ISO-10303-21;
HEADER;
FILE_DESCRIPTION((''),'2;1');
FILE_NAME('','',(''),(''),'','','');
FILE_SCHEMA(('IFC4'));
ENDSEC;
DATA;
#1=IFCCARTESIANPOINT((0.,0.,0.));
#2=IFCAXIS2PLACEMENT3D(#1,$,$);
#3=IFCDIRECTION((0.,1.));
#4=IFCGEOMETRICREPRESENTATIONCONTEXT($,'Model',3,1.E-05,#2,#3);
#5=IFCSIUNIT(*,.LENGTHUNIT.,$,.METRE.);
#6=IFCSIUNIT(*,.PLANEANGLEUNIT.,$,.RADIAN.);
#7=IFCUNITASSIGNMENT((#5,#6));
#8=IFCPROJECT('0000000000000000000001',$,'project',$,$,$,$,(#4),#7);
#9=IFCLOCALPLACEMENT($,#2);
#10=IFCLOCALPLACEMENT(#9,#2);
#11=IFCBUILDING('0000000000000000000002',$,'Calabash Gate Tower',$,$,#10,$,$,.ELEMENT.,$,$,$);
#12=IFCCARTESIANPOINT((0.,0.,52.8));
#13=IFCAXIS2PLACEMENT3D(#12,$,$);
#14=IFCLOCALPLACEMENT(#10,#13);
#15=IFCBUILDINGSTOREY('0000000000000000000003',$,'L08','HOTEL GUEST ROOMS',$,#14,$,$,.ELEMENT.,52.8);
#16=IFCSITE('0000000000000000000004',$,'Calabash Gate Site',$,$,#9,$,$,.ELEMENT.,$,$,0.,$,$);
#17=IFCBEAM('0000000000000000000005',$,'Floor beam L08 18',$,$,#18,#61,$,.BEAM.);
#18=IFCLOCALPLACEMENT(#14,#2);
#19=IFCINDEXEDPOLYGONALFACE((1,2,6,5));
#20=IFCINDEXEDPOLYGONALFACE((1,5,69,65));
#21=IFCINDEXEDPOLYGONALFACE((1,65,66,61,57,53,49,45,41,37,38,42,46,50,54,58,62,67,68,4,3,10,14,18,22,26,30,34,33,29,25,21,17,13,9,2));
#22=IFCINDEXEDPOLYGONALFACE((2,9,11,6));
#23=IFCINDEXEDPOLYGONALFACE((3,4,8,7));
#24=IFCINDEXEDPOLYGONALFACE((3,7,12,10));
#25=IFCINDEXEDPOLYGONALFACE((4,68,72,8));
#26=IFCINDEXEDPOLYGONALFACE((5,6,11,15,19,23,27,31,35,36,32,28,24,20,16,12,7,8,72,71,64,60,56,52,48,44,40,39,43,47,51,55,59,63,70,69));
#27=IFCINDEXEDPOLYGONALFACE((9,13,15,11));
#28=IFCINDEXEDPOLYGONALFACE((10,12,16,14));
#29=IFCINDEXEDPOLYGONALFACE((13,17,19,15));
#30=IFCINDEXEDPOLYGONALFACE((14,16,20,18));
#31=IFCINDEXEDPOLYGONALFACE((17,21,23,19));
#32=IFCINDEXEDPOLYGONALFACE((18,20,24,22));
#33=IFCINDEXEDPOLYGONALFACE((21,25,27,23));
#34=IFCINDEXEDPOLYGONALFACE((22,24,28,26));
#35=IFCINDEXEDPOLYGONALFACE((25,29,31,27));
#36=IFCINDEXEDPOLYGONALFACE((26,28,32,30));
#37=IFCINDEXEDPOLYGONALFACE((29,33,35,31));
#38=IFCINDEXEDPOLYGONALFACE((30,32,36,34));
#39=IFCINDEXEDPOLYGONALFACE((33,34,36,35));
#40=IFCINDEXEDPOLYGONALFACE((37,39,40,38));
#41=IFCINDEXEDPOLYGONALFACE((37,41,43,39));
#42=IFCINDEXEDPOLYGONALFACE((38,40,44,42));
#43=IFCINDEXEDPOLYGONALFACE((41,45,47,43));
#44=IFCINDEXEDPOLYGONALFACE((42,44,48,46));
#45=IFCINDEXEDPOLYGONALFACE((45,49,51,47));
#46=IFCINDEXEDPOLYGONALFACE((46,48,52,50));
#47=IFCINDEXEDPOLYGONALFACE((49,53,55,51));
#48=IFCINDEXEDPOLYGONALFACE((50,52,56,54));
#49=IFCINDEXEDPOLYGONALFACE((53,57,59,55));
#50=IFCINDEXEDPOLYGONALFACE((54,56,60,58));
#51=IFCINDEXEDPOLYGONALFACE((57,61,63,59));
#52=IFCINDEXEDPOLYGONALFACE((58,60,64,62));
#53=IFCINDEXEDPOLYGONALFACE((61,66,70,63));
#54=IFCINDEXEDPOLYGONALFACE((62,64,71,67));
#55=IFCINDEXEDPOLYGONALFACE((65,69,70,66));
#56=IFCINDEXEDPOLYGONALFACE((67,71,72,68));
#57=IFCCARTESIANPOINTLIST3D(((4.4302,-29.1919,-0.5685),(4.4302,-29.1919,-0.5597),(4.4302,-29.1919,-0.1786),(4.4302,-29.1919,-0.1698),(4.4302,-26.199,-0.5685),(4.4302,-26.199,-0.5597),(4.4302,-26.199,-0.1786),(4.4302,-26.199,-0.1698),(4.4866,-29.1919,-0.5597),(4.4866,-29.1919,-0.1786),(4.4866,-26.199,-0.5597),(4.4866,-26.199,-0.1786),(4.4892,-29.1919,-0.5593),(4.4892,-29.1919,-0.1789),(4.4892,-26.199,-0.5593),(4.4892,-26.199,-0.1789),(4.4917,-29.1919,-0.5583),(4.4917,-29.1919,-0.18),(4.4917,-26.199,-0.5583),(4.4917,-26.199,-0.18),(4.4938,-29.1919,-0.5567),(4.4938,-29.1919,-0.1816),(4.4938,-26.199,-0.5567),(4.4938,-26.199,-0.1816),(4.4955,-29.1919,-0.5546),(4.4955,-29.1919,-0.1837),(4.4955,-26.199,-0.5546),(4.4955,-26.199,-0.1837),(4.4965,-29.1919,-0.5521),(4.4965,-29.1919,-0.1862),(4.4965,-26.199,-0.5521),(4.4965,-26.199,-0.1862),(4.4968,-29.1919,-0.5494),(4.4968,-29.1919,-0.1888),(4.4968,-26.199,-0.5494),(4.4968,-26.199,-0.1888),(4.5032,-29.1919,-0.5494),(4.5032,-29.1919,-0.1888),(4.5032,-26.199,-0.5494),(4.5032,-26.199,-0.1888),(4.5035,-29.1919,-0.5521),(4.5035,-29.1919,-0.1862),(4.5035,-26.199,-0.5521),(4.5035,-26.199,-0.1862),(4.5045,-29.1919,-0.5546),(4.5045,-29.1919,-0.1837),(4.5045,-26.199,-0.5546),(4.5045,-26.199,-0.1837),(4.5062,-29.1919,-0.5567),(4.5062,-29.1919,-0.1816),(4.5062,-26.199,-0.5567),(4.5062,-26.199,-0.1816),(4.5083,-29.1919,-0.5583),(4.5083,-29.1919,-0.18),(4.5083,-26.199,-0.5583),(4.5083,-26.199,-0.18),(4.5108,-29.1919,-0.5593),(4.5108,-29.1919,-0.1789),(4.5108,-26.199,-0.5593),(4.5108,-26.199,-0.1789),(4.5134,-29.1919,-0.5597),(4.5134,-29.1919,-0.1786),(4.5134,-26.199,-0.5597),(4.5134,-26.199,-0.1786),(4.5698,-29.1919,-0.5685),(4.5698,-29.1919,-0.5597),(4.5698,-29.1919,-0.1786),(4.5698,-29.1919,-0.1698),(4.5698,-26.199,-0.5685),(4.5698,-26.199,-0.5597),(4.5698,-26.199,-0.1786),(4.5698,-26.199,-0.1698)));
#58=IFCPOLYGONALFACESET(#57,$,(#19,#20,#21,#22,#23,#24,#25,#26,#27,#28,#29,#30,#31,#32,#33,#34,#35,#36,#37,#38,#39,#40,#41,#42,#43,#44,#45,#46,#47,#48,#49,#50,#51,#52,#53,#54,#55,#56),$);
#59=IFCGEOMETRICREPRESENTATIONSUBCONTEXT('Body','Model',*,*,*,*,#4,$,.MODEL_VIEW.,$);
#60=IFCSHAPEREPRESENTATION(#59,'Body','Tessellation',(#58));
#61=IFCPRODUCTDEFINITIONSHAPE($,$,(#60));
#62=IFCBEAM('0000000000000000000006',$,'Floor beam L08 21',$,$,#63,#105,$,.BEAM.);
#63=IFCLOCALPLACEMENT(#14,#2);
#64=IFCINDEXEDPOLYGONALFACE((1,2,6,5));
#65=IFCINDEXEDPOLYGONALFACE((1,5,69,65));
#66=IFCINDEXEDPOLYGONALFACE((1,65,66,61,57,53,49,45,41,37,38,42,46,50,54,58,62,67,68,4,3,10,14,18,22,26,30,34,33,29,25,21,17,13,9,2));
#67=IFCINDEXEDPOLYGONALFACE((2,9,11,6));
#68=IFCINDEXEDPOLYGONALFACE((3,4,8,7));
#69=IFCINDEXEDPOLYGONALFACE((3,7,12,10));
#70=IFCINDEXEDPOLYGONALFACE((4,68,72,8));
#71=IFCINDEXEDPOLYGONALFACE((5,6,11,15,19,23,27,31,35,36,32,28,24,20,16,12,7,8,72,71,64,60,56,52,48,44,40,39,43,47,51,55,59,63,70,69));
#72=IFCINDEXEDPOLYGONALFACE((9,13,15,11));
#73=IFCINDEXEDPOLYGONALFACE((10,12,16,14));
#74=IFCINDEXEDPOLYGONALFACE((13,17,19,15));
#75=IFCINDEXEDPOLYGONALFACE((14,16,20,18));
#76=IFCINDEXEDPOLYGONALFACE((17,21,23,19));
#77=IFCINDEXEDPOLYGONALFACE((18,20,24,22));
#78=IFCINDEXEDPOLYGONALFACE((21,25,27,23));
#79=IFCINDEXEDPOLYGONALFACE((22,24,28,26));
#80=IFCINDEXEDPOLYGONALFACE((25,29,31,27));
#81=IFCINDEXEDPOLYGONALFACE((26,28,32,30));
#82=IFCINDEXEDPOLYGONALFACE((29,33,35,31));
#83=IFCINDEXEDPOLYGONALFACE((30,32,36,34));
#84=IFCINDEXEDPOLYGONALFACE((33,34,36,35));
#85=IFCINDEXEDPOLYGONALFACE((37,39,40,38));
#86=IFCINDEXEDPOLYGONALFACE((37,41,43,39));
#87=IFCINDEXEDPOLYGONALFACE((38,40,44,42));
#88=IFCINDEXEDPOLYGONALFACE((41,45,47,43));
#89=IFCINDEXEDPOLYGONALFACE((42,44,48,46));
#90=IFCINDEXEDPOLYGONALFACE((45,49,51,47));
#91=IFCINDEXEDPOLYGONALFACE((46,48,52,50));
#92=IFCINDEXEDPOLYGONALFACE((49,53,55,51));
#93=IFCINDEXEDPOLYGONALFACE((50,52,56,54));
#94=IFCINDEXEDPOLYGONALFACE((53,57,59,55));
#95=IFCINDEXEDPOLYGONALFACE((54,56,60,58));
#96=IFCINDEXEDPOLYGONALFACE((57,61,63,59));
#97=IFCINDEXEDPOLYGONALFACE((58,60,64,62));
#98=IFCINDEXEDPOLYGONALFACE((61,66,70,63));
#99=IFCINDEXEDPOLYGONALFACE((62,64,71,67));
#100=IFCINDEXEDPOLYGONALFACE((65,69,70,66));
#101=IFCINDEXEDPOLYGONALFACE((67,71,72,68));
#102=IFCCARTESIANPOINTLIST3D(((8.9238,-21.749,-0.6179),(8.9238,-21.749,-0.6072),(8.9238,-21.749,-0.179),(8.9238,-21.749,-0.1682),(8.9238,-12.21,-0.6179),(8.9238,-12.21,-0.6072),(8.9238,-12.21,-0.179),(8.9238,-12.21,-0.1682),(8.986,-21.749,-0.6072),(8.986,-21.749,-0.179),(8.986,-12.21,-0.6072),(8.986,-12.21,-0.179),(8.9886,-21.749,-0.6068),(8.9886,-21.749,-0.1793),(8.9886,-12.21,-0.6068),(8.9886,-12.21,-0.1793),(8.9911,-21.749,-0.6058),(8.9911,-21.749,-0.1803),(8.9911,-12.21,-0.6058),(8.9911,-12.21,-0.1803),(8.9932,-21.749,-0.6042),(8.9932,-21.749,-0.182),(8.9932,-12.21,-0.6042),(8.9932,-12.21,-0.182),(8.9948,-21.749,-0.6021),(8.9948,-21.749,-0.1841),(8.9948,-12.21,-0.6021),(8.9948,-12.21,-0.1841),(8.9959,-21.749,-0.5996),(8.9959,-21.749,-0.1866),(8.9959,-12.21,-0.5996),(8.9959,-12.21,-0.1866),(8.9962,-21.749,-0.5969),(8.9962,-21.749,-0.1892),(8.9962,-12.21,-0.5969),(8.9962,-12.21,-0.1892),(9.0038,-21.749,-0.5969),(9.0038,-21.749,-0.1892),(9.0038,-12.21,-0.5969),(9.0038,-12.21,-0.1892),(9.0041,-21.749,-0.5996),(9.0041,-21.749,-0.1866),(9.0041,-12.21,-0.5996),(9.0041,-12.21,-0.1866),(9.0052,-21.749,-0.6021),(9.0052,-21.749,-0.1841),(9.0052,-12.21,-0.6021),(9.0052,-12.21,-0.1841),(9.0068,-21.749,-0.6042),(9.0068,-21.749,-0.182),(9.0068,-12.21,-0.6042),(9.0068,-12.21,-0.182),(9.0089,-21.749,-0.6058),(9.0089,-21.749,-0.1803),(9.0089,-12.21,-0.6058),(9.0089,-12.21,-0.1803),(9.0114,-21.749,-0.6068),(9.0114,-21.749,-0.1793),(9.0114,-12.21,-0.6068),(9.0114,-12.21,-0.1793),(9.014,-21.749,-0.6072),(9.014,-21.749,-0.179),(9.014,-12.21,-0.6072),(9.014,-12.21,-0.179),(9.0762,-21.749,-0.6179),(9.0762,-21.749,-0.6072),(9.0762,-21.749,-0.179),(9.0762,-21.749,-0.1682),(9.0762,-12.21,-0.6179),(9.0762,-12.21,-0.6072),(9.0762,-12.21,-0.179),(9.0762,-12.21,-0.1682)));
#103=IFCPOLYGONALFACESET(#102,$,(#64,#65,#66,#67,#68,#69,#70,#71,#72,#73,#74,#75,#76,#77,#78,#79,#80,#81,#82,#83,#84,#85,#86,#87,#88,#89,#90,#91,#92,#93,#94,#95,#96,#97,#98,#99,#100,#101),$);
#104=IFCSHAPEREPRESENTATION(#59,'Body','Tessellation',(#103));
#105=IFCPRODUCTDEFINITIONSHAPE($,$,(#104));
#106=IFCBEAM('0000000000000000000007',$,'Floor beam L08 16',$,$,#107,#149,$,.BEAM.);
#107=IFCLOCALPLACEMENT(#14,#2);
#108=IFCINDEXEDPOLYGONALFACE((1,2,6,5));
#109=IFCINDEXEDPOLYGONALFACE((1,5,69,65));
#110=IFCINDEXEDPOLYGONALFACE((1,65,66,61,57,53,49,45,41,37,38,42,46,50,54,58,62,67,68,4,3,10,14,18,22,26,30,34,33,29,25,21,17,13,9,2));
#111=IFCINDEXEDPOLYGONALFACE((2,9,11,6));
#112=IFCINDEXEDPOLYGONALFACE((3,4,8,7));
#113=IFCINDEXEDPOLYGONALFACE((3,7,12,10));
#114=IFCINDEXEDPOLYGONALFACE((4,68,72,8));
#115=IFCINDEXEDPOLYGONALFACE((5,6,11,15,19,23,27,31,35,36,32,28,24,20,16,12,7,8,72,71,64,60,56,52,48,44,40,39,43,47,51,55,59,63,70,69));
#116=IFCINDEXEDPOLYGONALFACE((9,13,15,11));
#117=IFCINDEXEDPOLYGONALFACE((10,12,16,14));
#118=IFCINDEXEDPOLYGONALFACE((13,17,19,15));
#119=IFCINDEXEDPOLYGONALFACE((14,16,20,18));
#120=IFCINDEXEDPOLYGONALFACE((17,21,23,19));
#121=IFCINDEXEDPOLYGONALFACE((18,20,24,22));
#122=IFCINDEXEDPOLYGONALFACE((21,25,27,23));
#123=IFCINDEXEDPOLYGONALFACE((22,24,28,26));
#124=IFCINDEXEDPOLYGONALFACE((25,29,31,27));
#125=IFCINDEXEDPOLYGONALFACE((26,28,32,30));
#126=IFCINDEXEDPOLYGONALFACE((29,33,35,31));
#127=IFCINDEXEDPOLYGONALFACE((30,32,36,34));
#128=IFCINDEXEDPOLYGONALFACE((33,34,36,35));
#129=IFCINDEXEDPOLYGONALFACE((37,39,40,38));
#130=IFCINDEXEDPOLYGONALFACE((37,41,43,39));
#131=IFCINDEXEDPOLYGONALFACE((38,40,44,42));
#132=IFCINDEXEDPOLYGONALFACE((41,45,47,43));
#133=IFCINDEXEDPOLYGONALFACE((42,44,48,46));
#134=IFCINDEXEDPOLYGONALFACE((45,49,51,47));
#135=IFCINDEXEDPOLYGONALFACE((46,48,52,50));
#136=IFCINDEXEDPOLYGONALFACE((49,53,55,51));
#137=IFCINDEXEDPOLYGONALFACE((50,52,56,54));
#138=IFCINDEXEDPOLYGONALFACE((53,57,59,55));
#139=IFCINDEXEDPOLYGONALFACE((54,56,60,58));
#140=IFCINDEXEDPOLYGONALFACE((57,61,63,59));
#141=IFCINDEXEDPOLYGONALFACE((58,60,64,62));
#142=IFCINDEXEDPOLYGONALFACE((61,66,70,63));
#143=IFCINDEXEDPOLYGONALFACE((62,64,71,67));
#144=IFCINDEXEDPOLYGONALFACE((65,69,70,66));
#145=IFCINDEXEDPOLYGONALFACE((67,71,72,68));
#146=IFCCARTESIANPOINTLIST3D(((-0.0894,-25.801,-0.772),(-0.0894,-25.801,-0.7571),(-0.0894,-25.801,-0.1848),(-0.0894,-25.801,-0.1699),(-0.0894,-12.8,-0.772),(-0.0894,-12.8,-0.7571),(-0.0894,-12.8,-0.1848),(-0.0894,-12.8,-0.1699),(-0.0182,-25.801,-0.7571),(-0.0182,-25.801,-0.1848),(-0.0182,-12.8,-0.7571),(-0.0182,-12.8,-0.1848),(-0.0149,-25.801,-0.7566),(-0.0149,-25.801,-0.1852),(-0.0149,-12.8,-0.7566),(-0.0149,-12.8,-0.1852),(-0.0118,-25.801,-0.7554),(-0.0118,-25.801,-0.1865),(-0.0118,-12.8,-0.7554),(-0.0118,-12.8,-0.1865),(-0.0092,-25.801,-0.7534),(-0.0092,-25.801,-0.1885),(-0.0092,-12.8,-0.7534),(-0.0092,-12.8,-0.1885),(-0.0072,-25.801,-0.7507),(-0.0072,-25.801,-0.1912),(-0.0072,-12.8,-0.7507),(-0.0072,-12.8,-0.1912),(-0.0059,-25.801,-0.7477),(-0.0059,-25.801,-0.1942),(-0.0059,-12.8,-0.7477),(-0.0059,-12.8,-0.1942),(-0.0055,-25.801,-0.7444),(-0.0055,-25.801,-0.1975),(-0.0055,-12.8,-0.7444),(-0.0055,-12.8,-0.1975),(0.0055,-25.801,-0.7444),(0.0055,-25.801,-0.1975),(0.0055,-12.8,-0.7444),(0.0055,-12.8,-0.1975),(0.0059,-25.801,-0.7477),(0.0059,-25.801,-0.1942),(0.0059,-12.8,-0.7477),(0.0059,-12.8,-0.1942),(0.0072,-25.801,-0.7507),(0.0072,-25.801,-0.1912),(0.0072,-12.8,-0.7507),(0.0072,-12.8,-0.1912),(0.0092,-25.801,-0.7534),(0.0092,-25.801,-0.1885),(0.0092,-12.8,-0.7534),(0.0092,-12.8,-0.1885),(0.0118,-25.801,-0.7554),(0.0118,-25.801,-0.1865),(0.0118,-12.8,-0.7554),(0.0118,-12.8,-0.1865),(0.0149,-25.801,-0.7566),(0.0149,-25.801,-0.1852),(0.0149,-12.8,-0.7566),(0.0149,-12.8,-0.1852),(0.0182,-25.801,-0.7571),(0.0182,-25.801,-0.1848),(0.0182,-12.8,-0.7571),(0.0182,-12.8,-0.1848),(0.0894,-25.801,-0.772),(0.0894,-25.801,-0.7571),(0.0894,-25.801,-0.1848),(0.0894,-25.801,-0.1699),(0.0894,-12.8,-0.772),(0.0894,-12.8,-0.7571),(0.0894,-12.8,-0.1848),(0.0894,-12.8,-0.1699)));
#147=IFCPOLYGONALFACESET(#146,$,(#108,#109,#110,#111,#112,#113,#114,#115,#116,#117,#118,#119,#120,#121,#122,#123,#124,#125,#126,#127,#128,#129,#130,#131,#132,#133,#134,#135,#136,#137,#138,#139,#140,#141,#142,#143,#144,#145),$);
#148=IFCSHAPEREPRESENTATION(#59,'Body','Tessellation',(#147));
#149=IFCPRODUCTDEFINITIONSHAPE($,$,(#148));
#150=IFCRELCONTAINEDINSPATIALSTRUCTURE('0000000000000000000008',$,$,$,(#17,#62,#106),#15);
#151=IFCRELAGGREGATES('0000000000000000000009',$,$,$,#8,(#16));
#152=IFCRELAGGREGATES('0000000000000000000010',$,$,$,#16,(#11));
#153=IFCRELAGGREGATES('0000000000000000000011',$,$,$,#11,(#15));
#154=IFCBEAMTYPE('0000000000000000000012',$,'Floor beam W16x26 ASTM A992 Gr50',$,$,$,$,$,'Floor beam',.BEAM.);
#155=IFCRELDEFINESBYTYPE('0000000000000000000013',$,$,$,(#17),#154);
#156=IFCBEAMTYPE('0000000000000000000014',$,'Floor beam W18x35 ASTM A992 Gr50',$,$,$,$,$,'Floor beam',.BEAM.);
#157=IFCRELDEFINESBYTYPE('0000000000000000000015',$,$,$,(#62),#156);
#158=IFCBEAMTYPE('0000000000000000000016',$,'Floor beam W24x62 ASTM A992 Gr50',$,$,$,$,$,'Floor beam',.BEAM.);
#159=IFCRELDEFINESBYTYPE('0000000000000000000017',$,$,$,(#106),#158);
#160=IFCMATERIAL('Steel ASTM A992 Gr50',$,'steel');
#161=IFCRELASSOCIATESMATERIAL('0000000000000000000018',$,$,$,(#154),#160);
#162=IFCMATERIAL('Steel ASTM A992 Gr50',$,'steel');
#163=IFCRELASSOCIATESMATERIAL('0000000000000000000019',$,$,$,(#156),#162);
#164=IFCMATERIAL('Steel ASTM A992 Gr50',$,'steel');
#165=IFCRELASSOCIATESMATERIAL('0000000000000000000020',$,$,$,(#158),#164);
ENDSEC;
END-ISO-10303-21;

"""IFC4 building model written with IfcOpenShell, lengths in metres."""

from ifc_helpers import new_model, si_unit, direction, frame, origin, origin_2d, place, context, subcontext, project, spatial, i_section, extrude, material, material_profile, profile_set, type_object, element, save


model = new_model("IFC4")

# Units and contexts
model_context = context("Model", 3, precision=1e-05, world=origin(), true_north=direction((0.0, 1.0)))
body_context = subcontext(model_context, "Body", "Model", "MODEL_VIEW")
ifc_project = project(units=[si_unit("LENGTHUNIT", "METRE"), si_unit("PLANEANGLEUNIT", "RADIAN")], contexts=[model_context])

# Site, building, storey
site_placement = place(None, origin())
site = spatial("IfcSite", under=ifc_project, at=site_placement, Name="Calabash Gate Site", CompositionType="ELEMENT", RefElevation=0.0)
building_placement = place(site_placement, origin())
building = spatial("IfcBuilding", under=site, at=building_placement, Name="Calabash Gate Tower", CompositionType="ELEMENT")
storey_placement = place(building_placement, frame((0.0, 0.0, 52.8)))
storey = spatial("IfcBuildingStorey", under=building, at=storey_placement, Name="L08", Description="HOTEL GUEST ROOMS", CompositionType="ELEMENT", Elevation=52.8)

# Beams
ifc_material_1 = material(Name="Steel ASTM A992 Gr50", Category="steel")
ifc_material_profile_1 = material_profile(ifc_material_1, i_section(OverallWidth=0.1396, OverallDepth=0.3987, WebThickness=0.0063, FlangeThickness=0.0088, FilletRadius=0.0103, at=origin_2d()))
ifc_profile_set_1 = profile_set([ifc_material_profile_1], Name="Steel ASTM A992 Gr50")
beam_type_1 = type_object("IfcBeamType", Name="Floor beam W16x26 ASTM A992 Gr50", ElementType="Floor beam", PredefinedType="BEAM", material=ifc_profile_set_1)
beam_1_placement = place(storey_placement, frame((4.5, -29.1919, -0.3691), z_axis=(0.0, 1.0, 0.0), x_axis=(-1.0, 0.0, 0.0)))
element("IfcBeam", 1, at=beam_1_placement, inside=storey, type_object=beam_type_1, Name="Floor beam L08 18", PredefinedType="BEAM", context=body_context, shape_type="SweptSolid", body=[
    extrude(i_section(OverallWidth=0.1396, OverallDepth=0.3987, WebThickness=0.0063, FlangeThickness=0.0088, FilletRadius=0.0103, at=origin_2d()), origin(), (0.0, 0.0, 1.0), 2.9929),
])
ifc_material_2 = material(Name="Steel ASTM A992 Gr50", Category="steel")
ifc_material_profile_2 = material_profile(ifc_material_2, i_section(OverallWidth=0.1523, OverallDepth=0.4497, WebThickness=0.0076, FlangeThickness=0.0107, FilletRadius=0.0103, at=origin_2d()))
ifc_profile_set_2 = profile_set([ifc_material_profile_2], Name="Steel ASTM A992 Gr50")
beam_type_2 = type_object("IfcBeamType", Name="Floor beam W18x35 ASTM A992 Gr50", ElementType="Floor beam", PredefinedType="BEAM", material=ifc_profile_set_2)
beam_2_placement = place(storey_placement, frame((9.0, -21.749, -0.3931), z_axis=(0.0, 1.0, 0.0), x_axis=(-1.0, 0.0, 0.0)))
element("IfcBeam", 2, at=beam_2_placement, inside=storey, type_object=beam_type_2, Name="Floor beam L08 21", PredefinedType="BEAM", context=body_context, shape_type="SweptSolid", body=[
    extrude(i_section(OverallWidth=0.1523, OverallDepth=0.4497, WebThickness=0.0076, FlangeThickness=0.0107, FilletRadius=0.0103, at=origin_2d()), origin(), (0.0, 0.0, 1.0), 9.5391),
])
ifc_material_3 = material(Name="Steel ASTM A992 Gr50", Category="steel")
ifc_material_profile_3 = material_profile(ifc_material_3, i_section(OverallWidth=0.1787, OverallDepth=0.6021, WebThickness=0.011, FlangeThickness=0.0149, FilletRadius=0.0127, at=origin_2d()))
ifc_profile_set_3 = profile_set([ifc_material_profile_3], Name="Steel ASTM A992 Gr50")
beam_type_3 = type_object("IfcBeamType", Name="Floor beam W24x62 ASTM A992 Gr50", ElementType="Floor beam", PredefinedType="BEAM", material=ifc_profile_set_3)
beam_3_placement = place(storey_placement, frame((0.0, -25.801, -0.4709), z_axis=(0.0, 1.0, 0.0), x_axis=(-1.0, 0.0, 0.0)))
element("IfcBeam", 3, at=beam_3_placement, inside=storey, type_object=beam_type_3, Name="Floor beam L08 16", PredefinedType="BEAM", context=body_context, shape_type="SweptSolid", body=[
    extrude(i_section(OverallWidth=0.1787, OverallDepth=0.6021, WebThickness=0.011, FlangeThickness=0.0149, FilletRadius=0.0127, at=origin_2d()), origin(), (0.0, 0.0, 1.0), 13.001),
])

save(model, "model.ifc")
